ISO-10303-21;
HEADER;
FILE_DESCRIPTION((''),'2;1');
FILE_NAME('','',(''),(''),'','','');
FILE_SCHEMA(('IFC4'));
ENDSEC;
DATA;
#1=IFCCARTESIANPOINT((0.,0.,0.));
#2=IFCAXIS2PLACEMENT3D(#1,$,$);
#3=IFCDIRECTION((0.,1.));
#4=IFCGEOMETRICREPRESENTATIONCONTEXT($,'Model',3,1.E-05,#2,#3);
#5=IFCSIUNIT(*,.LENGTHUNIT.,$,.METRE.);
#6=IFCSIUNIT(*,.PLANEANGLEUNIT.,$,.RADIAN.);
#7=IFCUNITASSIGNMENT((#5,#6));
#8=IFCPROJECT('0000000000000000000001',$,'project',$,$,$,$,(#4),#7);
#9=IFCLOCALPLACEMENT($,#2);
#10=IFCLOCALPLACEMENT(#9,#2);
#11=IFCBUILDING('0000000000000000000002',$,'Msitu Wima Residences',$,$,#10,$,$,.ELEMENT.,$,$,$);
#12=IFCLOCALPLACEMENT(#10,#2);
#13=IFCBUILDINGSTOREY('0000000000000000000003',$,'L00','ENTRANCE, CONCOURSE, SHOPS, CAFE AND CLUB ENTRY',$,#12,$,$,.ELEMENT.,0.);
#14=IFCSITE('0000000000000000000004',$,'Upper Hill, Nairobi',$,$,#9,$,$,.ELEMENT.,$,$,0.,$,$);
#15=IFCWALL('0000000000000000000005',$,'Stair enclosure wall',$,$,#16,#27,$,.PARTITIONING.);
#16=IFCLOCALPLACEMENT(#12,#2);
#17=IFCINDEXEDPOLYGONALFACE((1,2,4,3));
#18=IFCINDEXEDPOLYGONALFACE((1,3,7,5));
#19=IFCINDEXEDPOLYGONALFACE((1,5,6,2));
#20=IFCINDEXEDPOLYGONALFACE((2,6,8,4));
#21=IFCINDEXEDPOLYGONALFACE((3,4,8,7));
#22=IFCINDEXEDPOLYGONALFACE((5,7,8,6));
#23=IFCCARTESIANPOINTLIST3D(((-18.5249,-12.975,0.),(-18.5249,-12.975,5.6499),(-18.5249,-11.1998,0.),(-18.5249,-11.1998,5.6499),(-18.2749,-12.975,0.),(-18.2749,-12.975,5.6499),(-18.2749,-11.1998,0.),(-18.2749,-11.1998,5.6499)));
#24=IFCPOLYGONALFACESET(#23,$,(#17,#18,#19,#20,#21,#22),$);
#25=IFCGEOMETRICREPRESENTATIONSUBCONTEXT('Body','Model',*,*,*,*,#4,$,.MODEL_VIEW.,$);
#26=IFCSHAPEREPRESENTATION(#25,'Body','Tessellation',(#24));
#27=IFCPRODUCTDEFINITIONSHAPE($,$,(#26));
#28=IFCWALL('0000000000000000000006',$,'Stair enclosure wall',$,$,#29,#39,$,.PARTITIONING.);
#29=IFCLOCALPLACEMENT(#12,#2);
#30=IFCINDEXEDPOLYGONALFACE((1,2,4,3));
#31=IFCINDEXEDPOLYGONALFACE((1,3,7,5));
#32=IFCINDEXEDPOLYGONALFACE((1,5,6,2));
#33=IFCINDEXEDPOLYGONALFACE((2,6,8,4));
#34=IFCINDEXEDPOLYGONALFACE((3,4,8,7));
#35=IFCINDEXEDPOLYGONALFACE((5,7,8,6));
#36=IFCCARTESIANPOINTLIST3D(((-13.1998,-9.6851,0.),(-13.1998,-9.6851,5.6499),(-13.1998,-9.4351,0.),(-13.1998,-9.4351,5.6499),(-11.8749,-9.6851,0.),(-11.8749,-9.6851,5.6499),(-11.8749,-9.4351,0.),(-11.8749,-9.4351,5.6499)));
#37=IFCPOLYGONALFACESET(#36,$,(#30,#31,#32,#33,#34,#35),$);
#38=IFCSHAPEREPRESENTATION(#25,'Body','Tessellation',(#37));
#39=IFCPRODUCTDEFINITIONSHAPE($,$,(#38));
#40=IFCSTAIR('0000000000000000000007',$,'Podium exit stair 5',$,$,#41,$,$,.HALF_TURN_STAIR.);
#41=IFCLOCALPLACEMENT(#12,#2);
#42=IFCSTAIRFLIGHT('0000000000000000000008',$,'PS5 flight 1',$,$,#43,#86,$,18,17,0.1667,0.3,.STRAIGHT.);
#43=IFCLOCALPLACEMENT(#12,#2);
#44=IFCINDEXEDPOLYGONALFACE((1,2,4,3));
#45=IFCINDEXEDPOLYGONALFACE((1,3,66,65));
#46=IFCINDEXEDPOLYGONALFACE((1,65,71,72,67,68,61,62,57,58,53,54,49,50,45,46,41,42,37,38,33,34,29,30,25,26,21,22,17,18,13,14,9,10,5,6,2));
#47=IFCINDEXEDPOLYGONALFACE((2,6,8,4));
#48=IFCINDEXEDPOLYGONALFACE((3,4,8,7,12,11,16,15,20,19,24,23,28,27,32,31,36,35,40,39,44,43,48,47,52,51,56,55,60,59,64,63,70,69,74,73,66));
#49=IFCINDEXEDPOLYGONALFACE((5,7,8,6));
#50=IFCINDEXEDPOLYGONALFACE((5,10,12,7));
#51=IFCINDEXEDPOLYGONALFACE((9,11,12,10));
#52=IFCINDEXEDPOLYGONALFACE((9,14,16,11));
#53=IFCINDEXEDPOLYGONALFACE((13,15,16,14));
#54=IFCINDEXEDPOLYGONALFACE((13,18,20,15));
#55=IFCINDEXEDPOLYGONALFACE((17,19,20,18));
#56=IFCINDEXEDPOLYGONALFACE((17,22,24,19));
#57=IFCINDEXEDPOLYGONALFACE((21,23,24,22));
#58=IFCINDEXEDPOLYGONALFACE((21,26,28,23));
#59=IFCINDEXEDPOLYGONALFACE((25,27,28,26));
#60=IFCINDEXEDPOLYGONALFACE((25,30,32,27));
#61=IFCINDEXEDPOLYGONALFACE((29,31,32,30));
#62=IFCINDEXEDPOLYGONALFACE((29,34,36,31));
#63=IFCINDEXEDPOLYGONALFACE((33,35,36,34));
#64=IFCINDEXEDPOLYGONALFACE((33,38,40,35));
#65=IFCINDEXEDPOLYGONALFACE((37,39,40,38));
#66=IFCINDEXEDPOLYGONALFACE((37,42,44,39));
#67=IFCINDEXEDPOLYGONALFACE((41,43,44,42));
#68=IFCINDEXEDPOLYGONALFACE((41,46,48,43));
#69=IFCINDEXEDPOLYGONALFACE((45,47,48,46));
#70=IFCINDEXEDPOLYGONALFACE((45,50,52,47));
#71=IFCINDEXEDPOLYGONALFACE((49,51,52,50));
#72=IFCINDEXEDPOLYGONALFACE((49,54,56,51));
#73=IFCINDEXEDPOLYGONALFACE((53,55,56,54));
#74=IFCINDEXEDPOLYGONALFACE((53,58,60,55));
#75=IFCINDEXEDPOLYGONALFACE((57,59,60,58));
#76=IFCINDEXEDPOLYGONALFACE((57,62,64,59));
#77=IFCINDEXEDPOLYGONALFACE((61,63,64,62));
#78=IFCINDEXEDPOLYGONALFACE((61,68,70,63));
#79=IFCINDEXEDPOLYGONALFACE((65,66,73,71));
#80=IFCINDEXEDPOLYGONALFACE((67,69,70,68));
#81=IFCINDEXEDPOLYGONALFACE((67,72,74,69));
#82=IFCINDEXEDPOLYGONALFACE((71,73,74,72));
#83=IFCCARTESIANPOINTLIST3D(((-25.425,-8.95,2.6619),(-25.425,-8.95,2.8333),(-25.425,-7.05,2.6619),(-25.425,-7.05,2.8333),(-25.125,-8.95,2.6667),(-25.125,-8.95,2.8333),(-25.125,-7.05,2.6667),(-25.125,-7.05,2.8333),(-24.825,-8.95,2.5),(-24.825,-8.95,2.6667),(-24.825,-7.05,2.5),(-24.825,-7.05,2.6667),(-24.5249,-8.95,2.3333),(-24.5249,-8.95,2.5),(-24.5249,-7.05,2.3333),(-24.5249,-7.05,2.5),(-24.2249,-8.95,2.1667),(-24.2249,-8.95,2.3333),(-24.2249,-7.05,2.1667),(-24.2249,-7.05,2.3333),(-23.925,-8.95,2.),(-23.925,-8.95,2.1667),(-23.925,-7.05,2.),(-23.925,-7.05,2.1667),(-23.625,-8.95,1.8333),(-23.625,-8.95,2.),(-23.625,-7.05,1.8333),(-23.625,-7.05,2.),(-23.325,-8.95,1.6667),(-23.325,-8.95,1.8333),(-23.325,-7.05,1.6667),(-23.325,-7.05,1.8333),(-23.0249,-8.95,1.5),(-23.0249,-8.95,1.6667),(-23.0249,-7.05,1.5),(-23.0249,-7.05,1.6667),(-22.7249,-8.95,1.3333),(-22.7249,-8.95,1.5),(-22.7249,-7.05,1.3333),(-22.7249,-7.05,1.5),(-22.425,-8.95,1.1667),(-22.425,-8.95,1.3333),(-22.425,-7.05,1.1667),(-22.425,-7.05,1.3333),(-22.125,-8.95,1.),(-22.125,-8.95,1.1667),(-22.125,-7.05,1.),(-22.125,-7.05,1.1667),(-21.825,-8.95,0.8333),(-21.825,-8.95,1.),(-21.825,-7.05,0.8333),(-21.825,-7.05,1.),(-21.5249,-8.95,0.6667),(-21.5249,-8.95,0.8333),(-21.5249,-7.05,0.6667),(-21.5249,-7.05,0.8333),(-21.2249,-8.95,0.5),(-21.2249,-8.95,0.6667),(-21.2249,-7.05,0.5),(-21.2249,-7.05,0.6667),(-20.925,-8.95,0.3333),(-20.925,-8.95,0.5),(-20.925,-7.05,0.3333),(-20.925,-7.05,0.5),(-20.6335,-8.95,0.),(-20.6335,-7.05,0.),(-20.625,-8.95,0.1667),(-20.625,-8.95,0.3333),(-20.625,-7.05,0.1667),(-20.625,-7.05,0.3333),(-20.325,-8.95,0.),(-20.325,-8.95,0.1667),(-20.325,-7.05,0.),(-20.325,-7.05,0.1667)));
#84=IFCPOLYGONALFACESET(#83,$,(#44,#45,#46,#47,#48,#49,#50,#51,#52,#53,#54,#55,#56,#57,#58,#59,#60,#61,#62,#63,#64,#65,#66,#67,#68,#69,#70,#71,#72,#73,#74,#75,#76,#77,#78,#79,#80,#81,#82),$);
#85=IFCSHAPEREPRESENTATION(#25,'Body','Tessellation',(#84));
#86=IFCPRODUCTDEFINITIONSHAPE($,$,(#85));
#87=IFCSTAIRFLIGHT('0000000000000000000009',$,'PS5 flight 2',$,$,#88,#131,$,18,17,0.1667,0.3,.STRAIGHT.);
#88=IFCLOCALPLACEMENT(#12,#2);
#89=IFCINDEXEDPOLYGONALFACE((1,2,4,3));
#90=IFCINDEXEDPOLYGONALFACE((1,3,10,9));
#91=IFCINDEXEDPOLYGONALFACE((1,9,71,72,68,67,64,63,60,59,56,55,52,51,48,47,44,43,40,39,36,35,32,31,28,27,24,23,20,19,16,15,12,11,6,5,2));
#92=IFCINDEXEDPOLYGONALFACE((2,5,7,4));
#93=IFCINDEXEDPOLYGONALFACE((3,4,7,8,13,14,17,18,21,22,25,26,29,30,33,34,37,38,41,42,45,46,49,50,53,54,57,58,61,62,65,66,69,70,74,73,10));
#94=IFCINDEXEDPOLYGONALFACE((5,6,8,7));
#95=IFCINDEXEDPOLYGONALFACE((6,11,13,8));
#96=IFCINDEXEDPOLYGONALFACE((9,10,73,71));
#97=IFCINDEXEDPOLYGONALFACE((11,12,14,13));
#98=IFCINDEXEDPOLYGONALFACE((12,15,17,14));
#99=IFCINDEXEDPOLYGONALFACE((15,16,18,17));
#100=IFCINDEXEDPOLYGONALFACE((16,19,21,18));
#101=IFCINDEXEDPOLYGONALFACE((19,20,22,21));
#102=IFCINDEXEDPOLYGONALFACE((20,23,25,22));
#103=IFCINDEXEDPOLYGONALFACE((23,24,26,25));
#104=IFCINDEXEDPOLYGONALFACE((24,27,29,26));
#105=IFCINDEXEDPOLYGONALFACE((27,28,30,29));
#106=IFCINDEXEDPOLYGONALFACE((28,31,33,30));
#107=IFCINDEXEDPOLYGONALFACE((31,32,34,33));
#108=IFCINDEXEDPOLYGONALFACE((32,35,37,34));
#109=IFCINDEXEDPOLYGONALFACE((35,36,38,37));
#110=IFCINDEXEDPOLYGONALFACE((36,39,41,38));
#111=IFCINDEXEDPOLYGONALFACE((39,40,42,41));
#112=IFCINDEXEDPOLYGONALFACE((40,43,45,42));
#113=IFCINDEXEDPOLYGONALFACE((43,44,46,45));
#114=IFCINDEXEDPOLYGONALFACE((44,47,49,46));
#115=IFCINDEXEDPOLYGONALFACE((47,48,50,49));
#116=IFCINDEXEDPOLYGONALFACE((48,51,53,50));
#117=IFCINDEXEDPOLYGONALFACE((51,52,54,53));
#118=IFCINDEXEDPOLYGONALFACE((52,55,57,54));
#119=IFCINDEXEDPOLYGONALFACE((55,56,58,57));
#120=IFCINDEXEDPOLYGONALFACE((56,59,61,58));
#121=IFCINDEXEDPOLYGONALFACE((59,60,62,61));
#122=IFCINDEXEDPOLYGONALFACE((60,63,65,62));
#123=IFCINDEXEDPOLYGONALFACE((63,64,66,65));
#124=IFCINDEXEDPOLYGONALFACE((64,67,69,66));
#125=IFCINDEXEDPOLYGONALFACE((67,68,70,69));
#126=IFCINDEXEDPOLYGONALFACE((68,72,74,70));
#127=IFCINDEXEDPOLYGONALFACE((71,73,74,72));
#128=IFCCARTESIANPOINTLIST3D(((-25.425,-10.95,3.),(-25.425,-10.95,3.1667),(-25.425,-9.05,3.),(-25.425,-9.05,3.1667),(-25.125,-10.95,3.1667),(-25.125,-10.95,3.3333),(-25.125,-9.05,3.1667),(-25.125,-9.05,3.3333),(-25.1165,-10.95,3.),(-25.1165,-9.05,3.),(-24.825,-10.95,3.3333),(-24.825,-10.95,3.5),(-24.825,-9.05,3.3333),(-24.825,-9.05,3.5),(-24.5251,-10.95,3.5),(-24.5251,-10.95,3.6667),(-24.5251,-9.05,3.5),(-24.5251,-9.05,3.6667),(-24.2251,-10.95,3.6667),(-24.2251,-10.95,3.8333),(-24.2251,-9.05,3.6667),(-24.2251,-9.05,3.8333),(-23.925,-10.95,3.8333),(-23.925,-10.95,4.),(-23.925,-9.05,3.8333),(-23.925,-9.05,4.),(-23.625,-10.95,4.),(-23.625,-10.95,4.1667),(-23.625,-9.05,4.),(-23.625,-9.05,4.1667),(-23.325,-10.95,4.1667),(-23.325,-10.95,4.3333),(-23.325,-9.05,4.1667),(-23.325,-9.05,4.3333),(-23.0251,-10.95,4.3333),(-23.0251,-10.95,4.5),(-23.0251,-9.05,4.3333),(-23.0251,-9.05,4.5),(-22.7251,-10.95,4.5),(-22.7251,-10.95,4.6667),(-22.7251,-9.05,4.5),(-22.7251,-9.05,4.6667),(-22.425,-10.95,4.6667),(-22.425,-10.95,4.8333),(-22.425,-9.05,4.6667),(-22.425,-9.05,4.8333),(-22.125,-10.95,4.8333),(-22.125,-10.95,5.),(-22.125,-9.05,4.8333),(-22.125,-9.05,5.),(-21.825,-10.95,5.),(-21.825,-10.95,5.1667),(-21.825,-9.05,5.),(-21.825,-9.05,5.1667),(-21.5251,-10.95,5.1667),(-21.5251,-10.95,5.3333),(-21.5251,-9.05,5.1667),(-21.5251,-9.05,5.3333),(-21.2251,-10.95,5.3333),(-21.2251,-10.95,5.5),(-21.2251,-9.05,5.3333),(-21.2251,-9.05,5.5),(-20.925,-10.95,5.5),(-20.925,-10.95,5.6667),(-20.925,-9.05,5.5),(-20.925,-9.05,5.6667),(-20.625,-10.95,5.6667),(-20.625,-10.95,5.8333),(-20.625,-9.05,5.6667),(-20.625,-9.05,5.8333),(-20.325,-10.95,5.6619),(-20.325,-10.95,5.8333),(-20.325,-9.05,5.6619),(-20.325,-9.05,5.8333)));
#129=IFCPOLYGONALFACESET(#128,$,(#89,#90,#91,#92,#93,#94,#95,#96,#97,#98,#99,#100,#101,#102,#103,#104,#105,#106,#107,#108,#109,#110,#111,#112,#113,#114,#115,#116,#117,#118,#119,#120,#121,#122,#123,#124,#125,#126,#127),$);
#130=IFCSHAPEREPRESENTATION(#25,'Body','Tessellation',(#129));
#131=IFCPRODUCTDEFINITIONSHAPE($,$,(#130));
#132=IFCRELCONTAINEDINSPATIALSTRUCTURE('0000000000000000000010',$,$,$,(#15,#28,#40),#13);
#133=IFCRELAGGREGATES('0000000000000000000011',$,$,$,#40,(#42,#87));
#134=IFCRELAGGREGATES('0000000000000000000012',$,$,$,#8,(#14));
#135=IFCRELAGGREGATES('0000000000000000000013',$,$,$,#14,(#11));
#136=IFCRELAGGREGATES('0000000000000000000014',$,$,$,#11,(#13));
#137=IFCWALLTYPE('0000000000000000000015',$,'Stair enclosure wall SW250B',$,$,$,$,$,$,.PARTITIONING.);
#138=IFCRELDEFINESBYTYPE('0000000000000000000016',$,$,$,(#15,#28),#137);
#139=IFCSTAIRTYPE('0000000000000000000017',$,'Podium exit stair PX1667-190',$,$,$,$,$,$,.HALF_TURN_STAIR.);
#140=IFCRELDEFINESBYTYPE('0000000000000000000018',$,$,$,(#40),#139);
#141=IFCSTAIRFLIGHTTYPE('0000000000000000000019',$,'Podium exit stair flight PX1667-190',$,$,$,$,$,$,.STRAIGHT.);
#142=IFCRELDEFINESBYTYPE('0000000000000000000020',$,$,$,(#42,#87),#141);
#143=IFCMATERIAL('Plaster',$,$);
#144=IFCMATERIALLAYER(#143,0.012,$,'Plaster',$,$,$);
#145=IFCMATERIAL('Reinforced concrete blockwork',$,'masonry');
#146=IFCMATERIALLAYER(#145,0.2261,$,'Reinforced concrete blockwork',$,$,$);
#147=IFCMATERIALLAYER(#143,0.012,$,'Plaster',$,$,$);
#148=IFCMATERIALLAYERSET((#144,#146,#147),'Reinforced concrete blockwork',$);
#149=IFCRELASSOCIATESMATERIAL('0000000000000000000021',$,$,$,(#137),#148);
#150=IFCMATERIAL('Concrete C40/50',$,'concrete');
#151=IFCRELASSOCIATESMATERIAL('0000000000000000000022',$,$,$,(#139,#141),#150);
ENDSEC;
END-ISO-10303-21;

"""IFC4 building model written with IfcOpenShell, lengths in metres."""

from ifc_helpers import new_model, si_unit, direction, frame, frame_2d, origin, place, context, subcontext, project, spatial, polyline, rectangle, outline, extrude, material, layer, layer_set, type_object, element, aggregate, save


model = new_model("IFC4")

# Units and contexts
model_context = context("Model", 3, precision=1e-05, world=origin(), true_north=direction((0.0, 1.0)))
body_context = subcontext(model_context, "Body", "Model", "MODEL_VIEW")
ifc_project = project(units=[si_unit("LENGTHUNIT", "METRE"), si_unit("PLANEANGLEUNIT", "RADIAN")], contexts=[model_context])

# Site, building, storey
site_placement = place(None, origin())
site = spatial("IfcSite", under=ifc_project, at=site_placement, Name="Upper Hill, Nairobi", CompositionType="ELEMENT", RefElevation=0.0)
building_placement = place(site_placement, origin())
building = spatial("IfcBuilding", under=site, at=building_placement, Name="Msitu Wima Residences", CompositionType="ELEMENT")
storey_placement = place(building_placement, origin())
storey = spatial("IfcBuildingStorey", under=building, at=storey_placement, Name="L00", Description="ENTRANCE, CONCOURSE, SHOPS, CAFE AND CLUB ENTRY", CompositionType="ELEMENT", Elevation=0.0)

# Shared definitions
ifc_material_1 = material(Name="Plaster")

# Walls
ifc_layer_1 = layer(ifc_material_1, 0.012, Name="Plaster")
ifc_material_2 = material(Name="Reinforced concrete blockwork", Category="masonry")
ifc_layer_2 = layer(ifc_material_2, 0.2261, Name="Reinforced concrete blockwork")
ifc_layer_3 = layer(ifc_material_1, 0.012, Name="Plaster")
ifc_layer_set_1 = layer_set([ifc_layer_1, ifc_layer_2, ifc_layer_3], Name="Reinforced concrete blockwork")
wall_type_1 = type_object("IfcWallType", Name="Stair enclosure wall SW250B", PredefinedType="PARTITIONING", material=ifc_layer_set_1)
wall_1_placement = place(storey_placement, frame((-18.3999, -12.9751, 0.0), z_axis=(0.0, 0.0, 1.0), x_axis=(0.0, 1.0, 0.0)))
element("IfcWall", 1, at=wall_1_placement, inside=storey, type_object=wall_type_1, Name="Stair enclosure wall", PredefinedType="PARTITIONING", context=body_context, shape_type="SweptSolid", body=[
    extrude(rectangle(XDim=1.7751, YDim=0.25, at=frame_2d((0.8877, 0.0))), origin(), (0.0, 0.0, 1.0), 5.6499),
])
wall_2_placement = place(storey_placement, frame((-13.2, -9.5601, 0.0), z_axis=(0.0, 0.0, 1.0), x_axis=(1.0, 0.0, 0.0)))
element("IfcWall", 2, at=wall_2_placement, inside=storey, type_object=wall_type_1, Name="Stair enclosure wall", PredefinedType="PARTITIONING", context=body_context, shape_type="SweptSolid", body=[
    extrude(rectangle(XDim=1.325, YDim=0.25, at=frame_2d((0.6626, 0.0))), origin(), (0.0, 0.0, 1.0), 5.6499),
])

# Stair, stair flights
ifc_material_3 = material(Name="Concrete C40/50", Category="concrete")
stair_type = type_object("IfcStairType", Name="Podium exit stair PX1667-190", PredefinedType="HALF_TURN_STAIR", material=ifc_material_3)
stair_placement = place(storey_placement, origin())
stair = element("IfcStair", 3, at=stair_placement, inside=storey, type_object=stair_type, Name="Podium exit stair 5", PredefinedType="HALF_TURN_STAIR")
stair_flight_type = type_object("IfcStairFlightType", Name="Podium exit stair flight PX1667-190", PredefinedType="STRAIGHT", material=ifc_material_3)
stair_flight_1_placement = place(storey_placement, frame((-20.325, -8.0, 0.0), z_axis=(0.0, 0.0, 1.0), x_axis=(-1.0, 0.0, 0.0)))
stair_flight_1 = element("IfcStairFlight", 4, at=stair_flight_1_placement, type_object=stair_flight_type, Name="PS5 flight 1", NumberOfRisers=18, NumberOfTreads=17, PredefinedType="STRAIGHT", RiserHeight=0.1667, TreadLength=0.3, context=body_context, shape_type="SweptSolid", body=[
    extrude(outline(polyline([(0.0, 0.0), (0.0, 0.1667), (0.3, 0.1667), (0.3, 0.3333), (0.6001, 0.3333), (0.6001, 0.5), (0.8999, 0.5), (0.8999, 0.6667), (1.2, 0.6667), (1.2, 0.8333), (1.5, 0.8333), (1.5, 1.0), (1.8, 1.0), (1.8, 1.1667), (2.1001, 1.1667), (2.1001, 1.3333), (2.3999, 1.3333), (2.3999, 1.5), (2.7, 1.5), (2.7, 1.6667), (3.0, 1.6667), (3.0, 1.8333), (3.3, 1.8333), (3.3, 2.0), (3.6001, 2.0), (3.6001, 2.1667), (3.8999, 2.1667), (3.8999, 2.3333), (4.2, 2.3333), (4.2, 2.5), (4.5, 2.5), (4.5, 2.6667), (4.8, 2.6667), (4.8, 2.8333), (5.1001, 2.8333), (5.1001, 3.0), (5.1001, 2.6619), (0.3086, 0.0), (0.0, 0.0)])), frame((0.0, 0.95, 0.0), z_axis=(0.0, -1.0, 0.0), x_axis=(1.0, 0.0, 0.0)), (0.0, 0.0, 1.0), 1.8999),
])
stair_flight_2_placement = place(storey_placement, frame((-25.425, -10.0, 3.0), z_axis=(0.0, 0.0, 1.0), x_axis=(1.0, 0.0, 0.0)))
stair_flight_2 = element("IfcStairFlight", 5, at=stair_flight_2_placement, type_object=stair_flight_type, Name="PS5 flight 2", NumberOfRisers=18, NumberOfTreads=17, PredefinedType="STRAIGHT", RiserHeight=0.1667, TreadLength=0.3, context=body_context, shape_type="SweptSolid", body=[
    extrude(outline(polyline([(0.0, 0.0), (0.0, 0.1667), (0.3, 0.1667), (0.3, 0.3333), (0.6001, 0.3333), (0.6001, 0.5), (0.8999, 0.5), (0.8999, 0.6667), (1.2, 0.6667), (1.2, 0.8333), (1.5, 0.8333), (1.5, 1.0), (1.8, 1.0), (1.8, 1.1667), (2.1001, 1.1667), (2.1001, 1.3333), (2.3999, 1.3333), (2.3999, 1.5), (2.7, 1.5), (2.7, 1.6667), (3.0, 1.6667), (3.0, 1.8333), (3.3, 1.8333), (3.3, 2.0), (3.6001, 2.0), (3.6001, 2.1667), (3.8999, 2.1667), (3.8999, 2.3333), (4.2, 2.3333), (4.2, 2.5), (4.5, 2.5), (4.5, 2.6667), (4.8, 2.6667), (4.8, 2.8333), (5.1001, 2.8333), (5.1001, 3.0), (5.1001, 2.6619), (0.3086, 0.0), (0.0, 0.0)])), frame((0.0, 0.95, 0.0), z_axis=(0.0, -1.0, 0.0), x_axis=(1.0, 0.0, 0.0)), (0.0, 0.0, 1.0), 1.8999),
])
aggregate(stair, [stair_flight_1, stair_flight_2])

save(model, "model.ifc")
